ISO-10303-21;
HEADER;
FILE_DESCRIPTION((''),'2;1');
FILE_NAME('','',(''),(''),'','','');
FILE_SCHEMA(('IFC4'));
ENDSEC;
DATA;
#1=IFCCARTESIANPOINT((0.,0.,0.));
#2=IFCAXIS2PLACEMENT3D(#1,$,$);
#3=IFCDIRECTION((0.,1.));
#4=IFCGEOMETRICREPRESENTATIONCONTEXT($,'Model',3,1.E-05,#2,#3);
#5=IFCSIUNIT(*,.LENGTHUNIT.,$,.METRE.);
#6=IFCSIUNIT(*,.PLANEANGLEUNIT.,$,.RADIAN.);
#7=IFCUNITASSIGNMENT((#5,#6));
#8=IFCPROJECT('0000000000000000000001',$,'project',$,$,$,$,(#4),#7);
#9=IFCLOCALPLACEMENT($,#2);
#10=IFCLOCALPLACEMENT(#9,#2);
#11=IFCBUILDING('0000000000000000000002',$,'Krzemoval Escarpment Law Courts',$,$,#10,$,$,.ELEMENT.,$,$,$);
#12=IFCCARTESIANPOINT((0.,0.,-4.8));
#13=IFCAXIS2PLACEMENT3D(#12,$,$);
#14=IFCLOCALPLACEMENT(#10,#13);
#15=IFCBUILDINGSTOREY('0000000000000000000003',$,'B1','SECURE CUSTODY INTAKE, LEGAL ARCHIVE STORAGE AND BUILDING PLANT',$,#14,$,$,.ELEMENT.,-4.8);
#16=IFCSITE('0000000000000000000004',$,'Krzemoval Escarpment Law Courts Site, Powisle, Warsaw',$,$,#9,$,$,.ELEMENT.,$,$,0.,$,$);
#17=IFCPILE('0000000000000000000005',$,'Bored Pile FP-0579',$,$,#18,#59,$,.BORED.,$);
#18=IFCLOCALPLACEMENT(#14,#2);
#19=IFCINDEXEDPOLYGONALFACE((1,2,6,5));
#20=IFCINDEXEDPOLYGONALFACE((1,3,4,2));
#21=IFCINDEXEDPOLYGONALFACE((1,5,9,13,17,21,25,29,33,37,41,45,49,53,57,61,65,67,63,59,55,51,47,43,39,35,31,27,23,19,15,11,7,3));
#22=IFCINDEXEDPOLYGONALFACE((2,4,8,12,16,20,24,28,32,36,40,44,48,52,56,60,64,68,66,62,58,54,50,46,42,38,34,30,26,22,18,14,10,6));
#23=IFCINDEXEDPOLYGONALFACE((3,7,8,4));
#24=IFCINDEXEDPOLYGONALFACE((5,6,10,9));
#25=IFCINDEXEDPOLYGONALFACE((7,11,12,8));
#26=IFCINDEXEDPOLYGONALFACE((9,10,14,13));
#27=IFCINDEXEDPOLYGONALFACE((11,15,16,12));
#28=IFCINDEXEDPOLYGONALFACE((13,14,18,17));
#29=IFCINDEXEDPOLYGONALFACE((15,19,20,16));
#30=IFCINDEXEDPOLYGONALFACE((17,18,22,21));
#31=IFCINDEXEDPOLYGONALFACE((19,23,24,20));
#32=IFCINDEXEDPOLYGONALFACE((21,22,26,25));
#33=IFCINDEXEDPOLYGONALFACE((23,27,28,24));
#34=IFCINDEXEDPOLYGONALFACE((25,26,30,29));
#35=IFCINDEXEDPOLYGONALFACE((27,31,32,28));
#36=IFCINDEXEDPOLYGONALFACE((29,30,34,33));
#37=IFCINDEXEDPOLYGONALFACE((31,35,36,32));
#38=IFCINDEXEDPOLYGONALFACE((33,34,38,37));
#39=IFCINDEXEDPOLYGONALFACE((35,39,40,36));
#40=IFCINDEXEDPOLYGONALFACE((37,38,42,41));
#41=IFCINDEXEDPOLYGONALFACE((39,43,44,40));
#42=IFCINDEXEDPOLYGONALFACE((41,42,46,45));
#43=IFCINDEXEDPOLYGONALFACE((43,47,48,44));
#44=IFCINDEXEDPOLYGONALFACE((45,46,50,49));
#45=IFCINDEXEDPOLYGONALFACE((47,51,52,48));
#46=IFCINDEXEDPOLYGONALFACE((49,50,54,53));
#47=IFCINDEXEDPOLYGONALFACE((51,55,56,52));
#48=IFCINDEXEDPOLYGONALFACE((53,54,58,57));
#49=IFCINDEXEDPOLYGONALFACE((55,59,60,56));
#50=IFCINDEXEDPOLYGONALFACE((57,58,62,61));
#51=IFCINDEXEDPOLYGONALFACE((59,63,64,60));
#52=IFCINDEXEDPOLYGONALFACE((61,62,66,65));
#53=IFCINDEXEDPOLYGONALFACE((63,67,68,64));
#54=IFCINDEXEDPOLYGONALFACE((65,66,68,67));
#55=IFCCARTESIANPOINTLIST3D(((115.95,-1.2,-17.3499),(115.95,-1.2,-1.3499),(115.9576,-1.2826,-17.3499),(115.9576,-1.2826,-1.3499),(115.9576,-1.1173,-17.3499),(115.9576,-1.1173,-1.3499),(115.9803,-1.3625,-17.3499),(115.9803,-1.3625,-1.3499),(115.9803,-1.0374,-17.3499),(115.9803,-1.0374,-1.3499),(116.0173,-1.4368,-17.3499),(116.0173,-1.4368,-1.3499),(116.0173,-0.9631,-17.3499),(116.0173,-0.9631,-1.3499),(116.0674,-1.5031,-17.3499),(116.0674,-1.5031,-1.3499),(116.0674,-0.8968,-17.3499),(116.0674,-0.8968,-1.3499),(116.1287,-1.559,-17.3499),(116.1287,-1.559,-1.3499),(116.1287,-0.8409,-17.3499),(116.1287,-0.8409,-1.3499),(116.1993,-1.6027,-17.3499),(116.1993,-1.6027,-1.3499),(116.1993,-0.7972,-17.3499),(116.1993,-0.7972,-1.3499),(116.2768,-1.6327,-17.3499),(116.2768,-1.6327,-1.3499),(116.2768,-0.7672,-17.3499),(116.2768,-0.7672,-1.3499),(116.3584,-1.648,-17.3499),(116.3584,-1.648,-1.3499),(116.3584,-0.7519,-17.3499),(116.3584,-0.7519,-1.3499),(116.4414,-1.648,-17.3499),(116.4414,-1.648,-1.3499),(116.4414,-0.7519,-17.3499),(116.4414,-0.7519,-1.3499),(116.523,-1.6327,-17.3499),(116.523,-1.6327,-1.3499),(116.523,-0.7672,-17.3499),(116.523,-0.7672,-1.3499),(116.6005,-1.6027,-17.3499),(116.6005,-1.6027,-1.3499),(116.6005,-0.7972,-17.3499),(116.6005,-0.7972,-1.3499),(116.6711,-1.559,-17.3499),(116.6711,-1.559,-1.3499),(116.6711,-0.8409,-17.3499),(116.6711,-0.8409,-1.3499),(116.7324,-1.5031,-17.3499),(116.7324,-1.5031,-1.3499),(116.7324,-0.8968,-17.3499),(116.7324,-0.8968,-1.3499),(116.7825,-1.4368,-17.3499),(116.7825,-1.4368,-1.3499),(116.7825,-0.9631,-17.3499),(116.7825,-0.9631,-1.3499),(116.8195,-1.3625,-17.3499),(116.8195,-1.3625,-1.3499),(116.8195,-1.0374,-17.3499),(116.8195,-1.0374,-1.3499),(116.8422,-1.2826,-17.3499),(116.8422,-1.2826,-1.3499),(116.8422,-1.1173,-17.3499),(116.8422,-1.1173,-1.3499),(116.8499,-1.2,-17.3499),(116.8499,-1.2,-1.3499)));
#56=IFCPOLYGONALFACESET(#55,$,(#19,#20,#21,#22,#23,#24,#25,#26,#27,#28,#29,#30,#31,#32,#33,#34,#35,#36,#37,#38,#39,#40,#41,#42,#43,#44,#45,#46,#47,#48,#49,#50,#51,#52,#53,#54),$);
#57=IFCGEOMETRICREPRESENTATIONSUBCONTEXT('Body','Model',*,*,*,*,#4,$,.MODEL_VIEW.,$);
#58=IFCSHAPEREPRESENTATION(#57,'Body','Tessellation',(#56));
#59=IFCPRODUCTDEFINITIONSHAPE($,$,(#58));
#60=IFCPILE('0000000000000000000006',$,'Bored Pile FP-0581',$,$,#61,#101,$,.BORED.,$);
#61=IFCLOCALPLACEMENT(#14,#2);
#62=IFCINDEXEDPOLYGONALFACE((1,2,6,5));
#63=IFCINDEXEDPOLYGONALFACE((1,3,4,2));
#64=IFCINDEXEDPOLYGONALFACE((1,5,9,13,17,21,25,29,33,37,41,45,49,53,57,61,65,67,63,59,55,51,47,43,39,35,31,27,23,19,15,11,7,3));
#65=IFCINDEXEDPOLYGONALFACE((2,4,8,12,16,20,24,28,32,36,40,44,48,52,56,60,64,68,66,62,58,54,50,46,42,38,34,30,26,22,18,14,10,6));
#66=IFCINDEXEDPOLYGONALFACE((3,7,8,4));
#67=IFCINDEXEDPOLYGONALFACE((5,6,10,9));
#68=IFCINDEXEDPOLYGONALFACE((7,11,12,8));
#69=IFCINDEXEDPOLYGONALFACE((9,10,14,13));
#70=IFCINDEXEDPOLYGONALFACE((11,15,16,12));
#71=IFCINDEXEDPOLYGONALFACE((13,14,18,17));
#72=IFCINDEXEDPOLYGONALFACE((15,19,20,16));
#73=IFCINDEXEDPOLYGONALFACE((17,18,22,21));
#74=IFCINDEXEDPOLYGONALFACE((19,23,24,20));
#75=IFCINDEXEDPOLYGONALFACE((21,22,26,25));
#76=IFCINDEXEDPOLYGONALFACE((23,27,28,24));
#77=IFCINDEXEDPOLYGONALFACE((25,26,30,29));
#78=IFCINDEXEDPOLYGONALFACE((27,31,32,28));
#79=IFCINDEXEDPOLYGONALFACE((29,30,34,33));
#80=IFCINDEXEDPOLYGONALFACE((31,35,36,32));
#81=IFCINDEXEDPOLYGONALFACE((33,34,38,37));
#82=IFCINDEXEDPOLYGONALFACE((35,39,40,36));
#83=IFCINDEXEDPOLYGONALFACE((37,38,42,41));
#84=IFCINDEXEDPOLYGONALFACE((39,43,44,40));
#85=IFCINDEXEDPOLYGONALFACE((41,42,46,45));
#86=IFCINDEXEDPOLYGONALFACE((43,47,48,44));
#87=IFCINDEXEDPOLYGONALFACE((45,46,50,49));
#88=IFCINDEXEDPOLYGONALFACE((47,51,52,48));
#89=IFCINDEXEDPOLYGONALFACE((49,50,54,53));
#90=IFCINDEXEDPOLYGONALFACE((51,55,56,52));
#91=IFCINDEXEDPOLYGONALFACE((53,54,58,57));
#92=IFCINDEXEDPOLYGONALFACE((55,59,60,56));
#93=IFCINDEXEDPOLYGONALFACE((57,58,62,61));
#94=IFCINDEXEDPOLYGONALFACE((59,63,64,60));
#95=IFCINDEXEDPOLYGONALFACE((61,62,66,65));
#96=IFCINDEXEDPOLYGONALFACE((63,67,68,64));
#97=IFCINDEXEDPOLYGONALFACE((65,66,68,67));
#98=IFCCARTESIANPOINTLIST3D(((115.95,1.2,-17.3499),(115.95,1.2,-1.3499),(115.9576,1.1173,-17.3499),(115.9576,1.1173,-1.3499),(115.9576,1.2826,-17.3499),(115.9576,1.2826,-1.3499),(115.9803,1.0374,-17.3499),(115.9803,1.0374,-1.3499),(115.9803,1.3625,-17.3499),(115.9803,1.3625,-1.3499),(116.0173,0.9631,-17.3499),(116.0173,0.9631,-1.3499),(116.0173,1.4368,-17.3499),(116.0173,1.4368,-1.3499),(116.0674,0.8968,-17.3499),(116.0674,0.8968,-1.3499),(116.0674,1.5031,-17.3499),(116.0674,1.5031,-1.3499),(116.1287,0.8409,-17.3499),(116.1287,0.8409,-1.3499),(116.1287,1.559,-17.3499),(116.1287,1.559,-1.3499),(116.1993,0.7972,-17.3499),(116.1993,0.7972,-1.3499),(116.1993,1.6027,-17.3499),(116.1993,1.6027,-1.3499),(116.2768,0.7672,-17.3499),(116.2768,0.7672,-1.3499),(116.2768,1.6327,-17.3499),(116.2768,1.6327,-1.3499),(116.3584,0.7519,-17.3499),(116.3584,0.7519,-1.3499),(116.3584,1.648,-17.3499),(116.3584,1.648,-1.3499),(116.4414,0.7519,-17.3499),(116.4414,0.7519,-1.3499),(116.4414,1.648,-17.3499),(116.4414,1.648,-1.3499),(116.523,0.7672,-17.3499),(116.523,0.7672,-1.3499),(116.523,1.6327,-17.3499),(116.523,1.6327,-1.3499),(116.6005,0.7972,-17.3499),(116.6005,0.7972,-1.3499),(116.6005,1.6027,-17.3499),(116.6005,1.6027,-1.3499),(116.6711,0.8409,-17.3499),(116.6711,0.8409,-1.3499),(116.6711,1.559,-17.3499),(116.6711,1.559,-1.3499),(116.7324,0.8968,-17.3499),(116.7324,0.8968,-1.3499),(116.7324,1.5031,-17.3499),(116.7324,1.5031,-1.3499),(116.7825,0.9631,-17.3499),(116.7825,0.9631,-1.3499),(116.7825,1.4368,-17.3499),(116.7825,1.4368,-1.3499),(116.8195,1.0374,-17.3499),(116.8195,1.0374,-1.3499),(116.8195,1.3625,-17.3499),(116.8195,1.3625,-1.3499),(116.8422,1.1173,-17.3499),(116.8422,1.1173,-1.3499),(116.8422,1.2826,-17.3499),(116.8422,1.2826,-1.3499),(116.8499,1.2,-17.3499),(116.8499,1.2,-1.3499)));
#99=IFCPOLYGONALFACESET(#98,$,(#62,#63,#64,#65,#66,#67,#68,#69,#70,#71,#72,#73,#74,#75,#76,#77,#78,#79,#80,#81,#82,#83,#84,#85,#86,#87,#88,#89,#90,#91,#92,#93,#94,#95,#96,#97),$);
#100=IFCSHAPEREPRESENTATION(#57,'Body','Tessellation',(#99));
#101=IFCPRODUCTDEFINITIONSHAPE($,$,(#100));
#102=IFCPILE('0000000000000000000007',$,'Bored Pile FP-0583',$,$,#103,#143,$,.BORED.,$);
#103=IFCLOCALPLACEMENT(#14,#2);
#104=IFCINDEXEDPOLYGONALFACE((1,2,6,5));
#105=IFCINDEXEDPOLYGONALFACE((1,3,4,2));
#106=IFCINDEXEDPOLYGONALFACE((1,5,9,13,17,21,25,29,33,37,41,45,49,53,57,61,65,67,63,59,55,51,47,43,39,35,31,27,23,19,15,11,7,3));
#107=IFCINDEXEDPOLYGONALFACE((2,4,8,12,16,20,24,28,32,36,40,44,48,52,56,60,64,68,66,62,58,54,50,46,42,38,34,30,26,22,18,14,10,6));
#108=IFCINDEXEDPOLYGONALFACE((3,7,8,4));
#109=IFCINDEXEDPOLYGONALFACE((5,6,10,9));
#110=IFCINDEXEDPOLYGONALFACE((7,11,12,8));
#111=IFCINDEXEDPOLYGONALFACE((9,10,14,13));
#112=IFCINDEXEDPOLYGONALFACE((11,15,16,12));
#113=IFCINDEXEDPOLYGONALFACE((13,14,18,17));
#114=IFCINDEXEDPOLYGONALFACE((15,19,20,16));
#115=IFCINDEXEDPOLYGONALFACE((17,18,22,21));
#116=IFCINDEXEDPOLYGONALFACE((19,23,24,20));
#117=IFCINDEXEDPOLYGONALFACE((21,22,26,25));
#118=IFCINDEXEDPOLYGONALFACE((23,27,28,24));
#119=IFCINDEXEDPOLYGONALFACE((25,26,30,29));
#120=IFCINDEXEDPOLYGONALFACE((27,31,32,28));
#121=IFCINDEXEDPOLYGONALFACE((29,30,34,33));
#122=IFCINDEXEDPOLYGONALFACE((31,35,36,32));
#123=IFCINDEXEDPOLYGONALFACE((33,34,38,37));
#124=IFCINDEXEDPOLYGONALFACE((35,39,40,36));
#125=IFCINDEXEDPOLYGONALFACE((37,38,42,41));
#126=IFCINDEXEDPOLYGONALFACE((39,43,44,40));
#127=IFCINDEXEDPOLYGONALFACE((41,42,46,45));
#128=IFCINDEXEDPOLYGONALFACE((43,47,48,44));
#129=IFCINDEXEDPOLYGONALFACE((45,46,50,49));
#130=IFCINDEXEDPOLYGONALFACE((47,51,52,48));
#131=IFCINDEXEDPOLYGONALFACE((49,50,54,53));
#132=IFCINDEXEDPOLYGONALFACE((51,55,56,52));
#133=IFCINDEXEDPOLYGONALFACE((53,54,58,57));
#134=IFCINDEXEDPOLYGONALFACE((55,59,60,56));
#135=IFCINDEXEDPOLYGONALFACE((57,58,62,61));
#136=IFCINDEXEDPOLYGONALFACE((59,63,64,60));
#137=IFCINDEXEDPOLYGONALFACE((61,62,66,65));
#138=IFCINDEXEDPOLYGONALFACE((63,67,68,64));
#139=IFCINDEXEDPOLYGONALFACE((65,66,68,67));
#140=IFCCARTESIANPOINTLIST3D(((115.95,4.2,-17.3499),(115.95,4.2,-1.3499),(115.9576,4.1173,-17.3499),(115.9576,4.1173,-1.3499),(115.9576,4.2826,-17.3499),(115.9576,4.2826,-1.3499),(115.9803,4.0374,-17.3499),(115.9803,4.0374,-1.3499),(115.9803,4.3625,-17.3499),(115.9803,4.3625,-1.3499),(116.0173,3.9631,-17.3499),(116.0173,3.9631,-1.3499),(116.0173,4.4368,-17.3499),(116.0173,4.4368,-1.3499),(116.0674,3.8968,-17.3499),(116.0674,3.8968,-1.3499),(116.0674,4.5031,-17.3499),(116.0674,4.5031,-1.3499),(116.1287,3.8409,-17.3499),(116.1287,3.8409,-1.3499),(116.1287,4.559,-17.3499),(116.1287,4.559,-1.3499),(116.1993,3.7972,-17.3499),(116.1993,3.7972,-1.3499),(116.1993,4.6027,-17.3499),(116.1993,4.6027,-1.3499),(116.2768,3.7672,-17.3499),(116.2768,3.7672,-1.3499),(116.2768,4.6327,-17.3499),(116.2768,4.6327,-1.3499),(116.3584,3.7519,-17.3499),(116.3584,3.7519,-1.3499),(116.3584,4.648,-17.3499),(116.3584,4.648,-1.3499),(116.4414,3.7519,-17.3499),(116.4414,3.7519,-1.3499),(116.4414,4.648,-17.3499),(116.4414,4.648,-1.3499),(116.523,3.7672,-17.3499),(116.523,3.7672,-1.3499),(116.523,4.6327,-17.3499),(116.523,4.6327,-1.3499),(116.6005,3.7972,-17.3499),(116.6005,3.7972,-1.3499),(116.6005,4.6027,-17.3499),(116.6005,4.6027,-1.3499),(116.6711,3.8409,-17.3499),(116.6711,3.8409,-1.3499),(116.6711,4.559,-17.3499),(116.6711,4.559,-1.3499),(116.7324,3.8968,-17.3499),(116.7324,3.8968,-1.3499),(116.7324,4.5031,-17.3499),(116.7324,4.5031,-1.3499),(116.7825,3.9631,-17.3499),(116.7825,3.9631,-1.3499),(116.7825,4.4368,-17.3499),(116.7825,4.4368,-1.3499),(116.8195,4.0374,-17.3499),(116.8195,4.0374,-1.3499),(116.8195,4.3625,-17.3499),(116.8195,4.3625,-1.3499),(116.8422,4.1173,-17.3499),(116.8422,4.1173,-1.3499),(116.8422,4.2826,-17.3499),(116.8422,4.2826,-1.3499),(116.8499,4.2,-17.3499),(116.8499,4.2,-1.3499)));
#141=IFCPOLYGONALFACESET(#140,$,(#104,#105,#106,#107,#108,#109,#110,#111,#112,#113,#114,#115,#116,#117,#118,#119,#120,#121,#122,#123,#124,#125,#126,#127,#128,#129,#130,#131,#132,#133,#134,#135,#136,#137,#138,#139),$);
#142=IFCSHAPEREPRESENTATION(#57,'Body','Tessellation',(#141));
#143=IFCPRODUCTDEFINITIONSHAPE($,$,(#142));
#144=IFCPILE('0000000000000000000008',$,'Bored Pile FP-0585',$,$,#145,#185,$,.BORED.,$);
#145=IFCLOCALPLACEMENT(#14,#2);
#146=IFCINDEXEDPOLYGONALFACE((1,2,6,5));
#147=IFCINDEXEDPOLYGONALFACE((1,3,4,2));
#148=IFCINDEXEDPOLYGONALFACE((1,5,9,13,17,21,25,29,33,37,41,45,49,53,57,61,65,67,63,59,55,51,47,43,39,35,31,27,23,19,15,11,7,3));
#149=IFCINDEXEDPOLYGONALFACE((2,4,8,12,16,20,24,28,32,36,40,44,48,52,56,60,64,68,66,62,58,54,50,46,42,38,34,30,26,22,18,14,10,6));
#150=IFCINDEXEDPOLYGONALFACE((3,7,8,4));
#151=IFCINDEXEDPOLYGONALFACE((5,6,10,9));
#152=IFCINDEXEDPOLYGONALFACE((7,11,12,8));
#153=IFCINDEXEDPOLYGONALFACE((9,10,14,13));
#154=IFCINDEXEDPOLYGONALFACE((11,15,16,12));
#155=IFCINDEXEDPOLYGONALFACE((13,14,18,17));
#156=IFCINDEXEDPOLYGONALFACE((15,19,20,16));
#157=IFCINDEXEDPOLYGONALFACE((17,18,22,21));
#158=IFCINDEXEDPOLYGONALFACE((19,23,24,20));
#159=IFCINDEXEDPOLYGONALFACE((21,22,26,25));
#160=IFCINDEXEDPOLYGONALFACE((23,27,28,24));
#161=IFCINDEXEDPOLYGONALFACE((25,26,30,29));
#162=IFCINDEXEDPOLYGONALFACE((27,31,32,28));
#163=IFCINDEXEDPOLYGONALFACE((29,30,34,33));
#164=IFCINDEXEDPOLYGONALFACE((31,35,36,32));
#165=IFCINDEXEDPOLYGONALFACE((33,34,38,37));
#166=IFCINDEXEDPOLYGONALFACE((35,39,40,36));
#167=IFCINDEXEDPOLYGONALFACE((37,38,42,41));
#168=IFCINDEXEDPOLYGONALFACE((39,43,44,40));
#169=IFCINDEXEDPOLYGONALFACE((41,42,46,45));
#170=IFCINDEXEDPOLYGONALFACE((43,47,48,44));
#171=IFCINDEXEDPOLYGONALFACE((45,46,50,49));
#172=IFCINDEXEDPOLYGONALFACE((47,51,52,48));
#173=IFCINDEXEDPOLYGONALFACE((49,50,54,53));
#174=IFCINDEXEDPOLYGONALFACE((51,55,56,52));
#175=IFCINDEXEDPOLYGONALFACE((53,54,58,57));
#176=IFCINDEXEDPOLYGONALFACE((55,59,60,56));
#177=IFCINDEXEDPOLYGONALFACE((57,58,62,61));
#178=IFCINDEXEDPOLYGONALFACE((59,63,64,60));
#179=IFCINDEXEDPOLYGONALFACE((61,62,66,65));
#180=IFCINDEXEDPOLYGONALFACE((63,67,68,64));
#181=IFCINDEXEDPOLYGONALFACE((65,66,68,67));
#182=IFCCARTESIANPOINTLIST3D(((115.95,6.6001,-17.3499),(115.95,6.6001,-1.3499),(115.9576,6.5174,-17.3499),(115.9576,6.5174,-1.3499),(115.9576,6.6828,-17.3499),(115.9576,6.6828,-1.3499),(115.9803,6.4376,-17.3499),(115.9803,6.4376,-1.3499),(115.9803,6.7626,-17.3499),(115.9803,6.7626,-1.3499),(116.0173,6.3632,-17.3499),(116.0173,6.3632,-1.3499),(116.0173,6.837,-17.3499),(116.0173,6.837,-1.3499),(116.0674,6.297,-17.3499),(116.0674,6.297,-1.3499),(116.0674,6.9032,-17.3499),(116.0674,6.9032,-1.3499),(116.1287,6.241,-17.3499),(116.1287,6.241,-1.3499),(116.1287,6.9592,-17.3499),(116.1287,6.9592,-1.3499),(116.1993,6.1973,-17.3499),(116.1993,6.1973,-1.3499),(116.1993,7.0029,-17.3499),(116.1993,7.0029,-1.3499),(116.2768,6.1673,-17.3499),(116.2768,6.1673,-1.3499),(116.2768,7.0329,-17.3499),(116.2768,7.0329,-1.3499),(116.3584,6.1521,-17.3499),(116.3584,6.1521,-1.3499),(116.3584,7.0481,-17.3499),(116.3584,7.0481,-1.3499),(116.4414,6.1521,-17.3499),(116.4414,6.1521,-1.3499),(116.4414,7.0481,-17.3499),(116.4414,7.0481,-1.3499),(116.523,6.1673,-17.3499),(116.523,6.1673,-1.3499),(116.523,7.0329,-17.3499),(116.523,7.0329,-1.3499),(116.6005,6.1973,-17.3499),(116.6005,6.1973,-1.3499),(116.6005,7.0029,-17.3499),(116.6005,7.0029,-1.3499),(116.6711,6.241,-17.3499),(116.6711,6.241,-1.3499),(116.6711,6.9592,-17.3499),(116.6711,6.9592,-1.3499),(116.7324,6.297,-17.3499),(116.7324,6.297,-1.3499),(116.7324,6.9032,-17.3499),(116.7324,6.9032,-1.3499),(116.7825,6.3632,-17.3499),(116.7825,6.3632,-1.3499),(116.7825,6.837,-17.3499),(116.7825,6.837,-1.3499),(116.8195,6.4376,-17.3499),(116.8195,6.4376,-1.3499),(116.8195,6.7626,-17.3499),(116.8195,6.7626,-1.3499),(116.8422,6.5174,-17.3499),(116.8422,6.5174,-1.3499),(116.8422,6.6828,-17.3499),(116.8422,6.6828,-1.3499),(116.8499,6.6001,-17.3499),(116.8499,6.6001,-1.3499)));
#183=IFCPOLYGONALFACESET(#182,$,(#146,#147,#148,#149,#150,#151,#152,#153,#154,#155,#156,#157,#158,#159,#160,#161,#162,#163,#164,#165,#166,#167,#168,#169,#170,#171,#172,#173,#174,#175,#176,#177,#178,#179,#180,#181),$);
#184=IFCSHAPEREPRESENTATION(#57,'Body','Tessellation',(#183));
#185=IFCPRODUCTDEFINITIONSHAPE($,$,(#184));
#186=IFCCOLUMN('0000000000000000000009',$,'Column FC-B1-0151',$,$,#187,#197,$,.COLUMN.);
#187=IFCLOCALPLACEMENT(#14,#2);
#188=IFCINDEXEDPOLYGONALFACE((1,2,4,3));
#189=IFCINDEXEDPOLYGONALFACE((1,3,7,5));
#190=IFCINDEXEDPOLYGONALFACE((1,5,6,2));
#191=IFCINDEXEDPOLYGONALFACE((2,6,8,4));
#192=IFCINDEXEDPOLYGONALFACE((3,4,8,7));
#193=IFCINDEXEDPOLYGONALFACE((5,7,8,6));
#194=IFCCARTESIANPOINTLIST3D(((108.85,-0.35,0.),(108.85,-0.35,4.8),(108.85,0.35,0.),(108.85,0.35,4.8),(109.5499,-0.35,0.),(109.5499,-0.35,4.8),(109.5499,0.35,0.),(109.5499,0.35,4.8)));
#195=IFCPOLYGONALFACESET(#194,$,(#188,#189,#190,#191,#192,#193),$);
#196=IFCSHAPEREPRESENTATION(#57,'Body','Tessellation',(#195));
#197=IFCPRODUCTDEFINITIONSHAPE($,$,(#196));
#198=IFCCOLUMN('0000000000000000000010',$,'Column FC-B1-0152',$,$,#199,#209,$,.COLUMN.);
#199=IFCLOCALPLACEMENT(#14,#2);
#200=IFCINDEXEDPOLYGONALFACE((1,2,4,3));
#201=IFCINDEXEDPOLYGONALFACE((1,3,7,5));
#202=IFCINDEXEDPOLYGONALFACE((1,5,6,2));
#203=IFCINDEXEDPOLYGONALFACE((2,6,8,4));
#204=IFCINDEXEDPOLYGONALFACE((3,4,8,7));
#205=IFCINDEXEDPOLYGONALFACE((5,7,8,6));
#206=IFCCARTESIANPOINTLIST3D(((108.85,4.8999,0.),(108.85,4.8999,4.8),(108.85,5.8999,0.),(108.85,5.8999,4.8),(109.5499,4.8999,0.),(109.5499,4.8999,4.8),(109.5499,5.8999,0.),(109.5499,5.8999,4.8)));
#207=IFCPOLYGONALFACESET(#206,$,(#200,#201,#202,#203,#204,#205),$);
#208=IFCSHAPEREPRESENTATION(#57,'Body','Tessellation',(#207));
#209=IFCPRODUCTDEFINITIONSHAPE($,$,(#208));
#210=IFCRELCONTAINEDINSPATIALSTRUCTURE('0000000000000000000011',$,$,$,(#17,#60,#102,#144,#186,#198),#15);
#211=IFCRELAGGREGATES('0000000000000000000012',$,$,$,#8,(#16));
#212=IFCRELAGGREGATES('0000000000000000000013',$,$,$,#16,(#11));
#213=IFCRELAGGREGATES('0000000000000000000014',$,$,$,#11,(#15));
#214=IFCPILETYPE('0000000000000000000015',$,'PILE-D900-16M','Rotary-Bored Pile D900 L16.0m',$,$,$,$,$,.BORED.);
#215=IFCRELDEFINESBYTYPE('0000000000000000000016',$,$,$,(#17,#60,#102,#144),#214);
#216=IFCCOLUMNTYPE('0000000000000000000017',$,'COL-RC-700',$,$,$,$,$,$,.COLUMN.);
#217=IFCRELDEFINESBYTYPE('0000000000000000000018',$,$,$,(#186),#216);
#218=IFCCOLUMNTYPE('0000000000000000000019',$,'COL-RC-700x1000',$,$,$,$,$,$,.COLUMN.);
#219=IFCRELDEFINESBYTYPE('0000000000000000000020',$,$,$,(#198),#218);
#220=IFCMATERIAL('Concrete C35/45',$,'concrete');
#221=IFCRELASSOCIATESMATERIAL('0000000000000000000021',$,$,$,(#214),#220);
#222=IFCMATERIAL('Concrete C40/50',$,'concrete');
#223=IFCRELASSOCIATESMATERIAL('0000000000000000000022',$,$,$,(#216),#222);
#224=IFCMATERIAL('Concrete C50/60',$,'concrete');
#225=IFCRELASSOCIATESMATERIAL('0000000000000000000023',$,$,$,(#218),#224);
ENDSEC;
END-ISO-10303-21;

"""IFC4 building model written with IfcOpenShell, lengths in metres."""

from ifc_helpers import new_model, si_unit, direction, frame, origin, origin_2d, place, context, subcontext, project, spatial, rectangle, circle, extrude, material, material_profile, profile_set, type_object, element, save


model = new_model("IFC4")

# Units and contexts
model_context = context("Model", 3, precision=1e-05, world=origin(), true_north=direction((0.0, 1.0)))
body_context = subcontext(model_context, "Body", "Model", "MODEL_VIEW")
ifc_project = project(units=[si_unit("LENGTHUNIT", "METRE"), si_unit("PLANEANGLEUNIT", "RADIAN")], contexts=[model_context])

# Site, building, storey
site_placement = place(None, origin())
site = spatial("IfcSite", under=ifc_project, at=site_placement, Name="Krzemoval Escarpment Law Courts Site, Powisle, Warsaw", CompositionType="ELEMENT", RefElevation=0.0)
building_placement = place(site_placement, origin())
building = spatial("IfcBuilding", under=site, at=building_placement, Name="Krzemoval Escarpment Law Courts", CompositionType="ELEMENT")
storey_placement = place(building_placement, frame((0.0, 0.0, -4.8)))
storey = spatial("IfcBuildingStorey", under=building, at=storey_placement, Name="B1", Description="SECURE CUSTODY INTAKE, LEGAL ARCHIVE STORAGE AND BUILDING PLANT", CompositionType="ELEMENT", Elevation=-4.8)

# Piles
ifc_material_1 = material(Name="Concrete C35/45", Category="concrete")
ifc_material_profile_1 = material_profile(ifc_material_1, circle(Radius=0.45, at=origin_2d()), Name="PILE D900")
ifc_profile_set_1 = profile_set([ifc_material_profile_1], Name="Concrete C35/45")
pile_type_1 = type_object("IfcPileType", Name="PILE-D900-16M", Description="Rotary-Bored Pile D900 L16.0m", PredefinedType="BORED", material=ifc_profile_set_1)
for number, where, z_axis, x_axis, name in (
    (1, (116.3999, -1.2, -1.3499), (0.0, 0.0, -1.0), (1.0, 0.0, 0.0), "Bored Pile FP-0579"),
    (2, (116.3999, 1.2, -1.3499), (0.0, 0.0, -1.0), (1.0, 0.0, 0.0), "Bored Pile FP-0581"),
    (3, (116.3999, 4.2, -1.3499), (0.0, 0.0, -1.0), (1.0, 0.0, 0.0), "Bored Pile FP-0583"),
    (4, (116.3999, 6.6001, -1.3499), (0.0, 0.0, -1.0), (1.0, 0.0, 0.0), "Bored Pile FP-0585"),
):
    element("IfcPile", number, at=place(storey_placement, frame(where, z_axis=z_axis, x_axis=x_axis)), inside=storey, type_object=pile_type_1, Name=name, PredefinedType="BORED", context=body_context, shape_type="SweptSolid", body=[
        extrude(circle(Radius=0.45, at=origin_2d()), origin(), (0.0, 0.0, 1.0), 16.0),
    ])

# Columns
ifc_material_2 = material(Name="Concrete C40/50", Category="concrete")
ifc_material_profile_2 = material_profile(ifc_material_2, rectangle(XDim=0.7, YDim=0.7, at=origin_2d()), Name="RC 700x700")
ifc_profile_set_2 = profile_set([ifc_material_profile_2], Name="Concrete C40/50")
column_type_1 = type_object("IfcColumnType", Name="COL-RC-700", PredefinedType="COLUMN", material=ifc_profile_set_2)
column_1_placement = place(storey_placement, frame((109.2, 0.0, 0.0), z_axis=(0.0, 0.0, 1.0), x_axis=(1.0, 0.0, 0.0)))
element("IfcColumn", 5, at=column_1_placement, inside=storey, type_object=column_type_1, Name="Column FC-B1-0151", PredefinedType="COLUMN", context=body_context, shape_type="SweptSolid", body=[
    extrude(rectangle(XDim=0.7, YDim=0.7, at=origin_2d()), origin(), (0.0, 0.0, 1.0), 4.8),
])
ifc_material_3 = material(Name="Concrete C50/60", Category="concrete")
ifc_material_profile_3 = material_profile(ifc_material_3, rectangle(XDim=0.7, YDim=1.0, at=origin_2d()), Name="RC 700x1000")
ifc_profile_set_3 = profile_set([ifc_material_profile_3], Name="Concrete C50/60")
column_type_2 = type_object("IfcColumnType", Name="COL-RC-700x1000", PredefinedType="COLUMN", material=ifc_profile_set_3)
column_2_placement = place(storey_placement, frame((109.2, 5.3999, 0.0), z_axis=(0.0, 0.0, 1.0), x_axis=(1.0, 0.0, 0.0)))
element("IfcColumn", 6, at=column_2_placement, inside=storey, type_object=column_type_2, Name="Column FC-B1-0152", PredefinedType="COLUMN", context=body_context, shape_type="SweptSolid", body=[
    extrude(rectangle(XDim=0.7, YDim=1.0, at=origin_2d()), origin(), (0.0, 0.0, 1.0), 4.8),
])

save(model, "model.ifc")
